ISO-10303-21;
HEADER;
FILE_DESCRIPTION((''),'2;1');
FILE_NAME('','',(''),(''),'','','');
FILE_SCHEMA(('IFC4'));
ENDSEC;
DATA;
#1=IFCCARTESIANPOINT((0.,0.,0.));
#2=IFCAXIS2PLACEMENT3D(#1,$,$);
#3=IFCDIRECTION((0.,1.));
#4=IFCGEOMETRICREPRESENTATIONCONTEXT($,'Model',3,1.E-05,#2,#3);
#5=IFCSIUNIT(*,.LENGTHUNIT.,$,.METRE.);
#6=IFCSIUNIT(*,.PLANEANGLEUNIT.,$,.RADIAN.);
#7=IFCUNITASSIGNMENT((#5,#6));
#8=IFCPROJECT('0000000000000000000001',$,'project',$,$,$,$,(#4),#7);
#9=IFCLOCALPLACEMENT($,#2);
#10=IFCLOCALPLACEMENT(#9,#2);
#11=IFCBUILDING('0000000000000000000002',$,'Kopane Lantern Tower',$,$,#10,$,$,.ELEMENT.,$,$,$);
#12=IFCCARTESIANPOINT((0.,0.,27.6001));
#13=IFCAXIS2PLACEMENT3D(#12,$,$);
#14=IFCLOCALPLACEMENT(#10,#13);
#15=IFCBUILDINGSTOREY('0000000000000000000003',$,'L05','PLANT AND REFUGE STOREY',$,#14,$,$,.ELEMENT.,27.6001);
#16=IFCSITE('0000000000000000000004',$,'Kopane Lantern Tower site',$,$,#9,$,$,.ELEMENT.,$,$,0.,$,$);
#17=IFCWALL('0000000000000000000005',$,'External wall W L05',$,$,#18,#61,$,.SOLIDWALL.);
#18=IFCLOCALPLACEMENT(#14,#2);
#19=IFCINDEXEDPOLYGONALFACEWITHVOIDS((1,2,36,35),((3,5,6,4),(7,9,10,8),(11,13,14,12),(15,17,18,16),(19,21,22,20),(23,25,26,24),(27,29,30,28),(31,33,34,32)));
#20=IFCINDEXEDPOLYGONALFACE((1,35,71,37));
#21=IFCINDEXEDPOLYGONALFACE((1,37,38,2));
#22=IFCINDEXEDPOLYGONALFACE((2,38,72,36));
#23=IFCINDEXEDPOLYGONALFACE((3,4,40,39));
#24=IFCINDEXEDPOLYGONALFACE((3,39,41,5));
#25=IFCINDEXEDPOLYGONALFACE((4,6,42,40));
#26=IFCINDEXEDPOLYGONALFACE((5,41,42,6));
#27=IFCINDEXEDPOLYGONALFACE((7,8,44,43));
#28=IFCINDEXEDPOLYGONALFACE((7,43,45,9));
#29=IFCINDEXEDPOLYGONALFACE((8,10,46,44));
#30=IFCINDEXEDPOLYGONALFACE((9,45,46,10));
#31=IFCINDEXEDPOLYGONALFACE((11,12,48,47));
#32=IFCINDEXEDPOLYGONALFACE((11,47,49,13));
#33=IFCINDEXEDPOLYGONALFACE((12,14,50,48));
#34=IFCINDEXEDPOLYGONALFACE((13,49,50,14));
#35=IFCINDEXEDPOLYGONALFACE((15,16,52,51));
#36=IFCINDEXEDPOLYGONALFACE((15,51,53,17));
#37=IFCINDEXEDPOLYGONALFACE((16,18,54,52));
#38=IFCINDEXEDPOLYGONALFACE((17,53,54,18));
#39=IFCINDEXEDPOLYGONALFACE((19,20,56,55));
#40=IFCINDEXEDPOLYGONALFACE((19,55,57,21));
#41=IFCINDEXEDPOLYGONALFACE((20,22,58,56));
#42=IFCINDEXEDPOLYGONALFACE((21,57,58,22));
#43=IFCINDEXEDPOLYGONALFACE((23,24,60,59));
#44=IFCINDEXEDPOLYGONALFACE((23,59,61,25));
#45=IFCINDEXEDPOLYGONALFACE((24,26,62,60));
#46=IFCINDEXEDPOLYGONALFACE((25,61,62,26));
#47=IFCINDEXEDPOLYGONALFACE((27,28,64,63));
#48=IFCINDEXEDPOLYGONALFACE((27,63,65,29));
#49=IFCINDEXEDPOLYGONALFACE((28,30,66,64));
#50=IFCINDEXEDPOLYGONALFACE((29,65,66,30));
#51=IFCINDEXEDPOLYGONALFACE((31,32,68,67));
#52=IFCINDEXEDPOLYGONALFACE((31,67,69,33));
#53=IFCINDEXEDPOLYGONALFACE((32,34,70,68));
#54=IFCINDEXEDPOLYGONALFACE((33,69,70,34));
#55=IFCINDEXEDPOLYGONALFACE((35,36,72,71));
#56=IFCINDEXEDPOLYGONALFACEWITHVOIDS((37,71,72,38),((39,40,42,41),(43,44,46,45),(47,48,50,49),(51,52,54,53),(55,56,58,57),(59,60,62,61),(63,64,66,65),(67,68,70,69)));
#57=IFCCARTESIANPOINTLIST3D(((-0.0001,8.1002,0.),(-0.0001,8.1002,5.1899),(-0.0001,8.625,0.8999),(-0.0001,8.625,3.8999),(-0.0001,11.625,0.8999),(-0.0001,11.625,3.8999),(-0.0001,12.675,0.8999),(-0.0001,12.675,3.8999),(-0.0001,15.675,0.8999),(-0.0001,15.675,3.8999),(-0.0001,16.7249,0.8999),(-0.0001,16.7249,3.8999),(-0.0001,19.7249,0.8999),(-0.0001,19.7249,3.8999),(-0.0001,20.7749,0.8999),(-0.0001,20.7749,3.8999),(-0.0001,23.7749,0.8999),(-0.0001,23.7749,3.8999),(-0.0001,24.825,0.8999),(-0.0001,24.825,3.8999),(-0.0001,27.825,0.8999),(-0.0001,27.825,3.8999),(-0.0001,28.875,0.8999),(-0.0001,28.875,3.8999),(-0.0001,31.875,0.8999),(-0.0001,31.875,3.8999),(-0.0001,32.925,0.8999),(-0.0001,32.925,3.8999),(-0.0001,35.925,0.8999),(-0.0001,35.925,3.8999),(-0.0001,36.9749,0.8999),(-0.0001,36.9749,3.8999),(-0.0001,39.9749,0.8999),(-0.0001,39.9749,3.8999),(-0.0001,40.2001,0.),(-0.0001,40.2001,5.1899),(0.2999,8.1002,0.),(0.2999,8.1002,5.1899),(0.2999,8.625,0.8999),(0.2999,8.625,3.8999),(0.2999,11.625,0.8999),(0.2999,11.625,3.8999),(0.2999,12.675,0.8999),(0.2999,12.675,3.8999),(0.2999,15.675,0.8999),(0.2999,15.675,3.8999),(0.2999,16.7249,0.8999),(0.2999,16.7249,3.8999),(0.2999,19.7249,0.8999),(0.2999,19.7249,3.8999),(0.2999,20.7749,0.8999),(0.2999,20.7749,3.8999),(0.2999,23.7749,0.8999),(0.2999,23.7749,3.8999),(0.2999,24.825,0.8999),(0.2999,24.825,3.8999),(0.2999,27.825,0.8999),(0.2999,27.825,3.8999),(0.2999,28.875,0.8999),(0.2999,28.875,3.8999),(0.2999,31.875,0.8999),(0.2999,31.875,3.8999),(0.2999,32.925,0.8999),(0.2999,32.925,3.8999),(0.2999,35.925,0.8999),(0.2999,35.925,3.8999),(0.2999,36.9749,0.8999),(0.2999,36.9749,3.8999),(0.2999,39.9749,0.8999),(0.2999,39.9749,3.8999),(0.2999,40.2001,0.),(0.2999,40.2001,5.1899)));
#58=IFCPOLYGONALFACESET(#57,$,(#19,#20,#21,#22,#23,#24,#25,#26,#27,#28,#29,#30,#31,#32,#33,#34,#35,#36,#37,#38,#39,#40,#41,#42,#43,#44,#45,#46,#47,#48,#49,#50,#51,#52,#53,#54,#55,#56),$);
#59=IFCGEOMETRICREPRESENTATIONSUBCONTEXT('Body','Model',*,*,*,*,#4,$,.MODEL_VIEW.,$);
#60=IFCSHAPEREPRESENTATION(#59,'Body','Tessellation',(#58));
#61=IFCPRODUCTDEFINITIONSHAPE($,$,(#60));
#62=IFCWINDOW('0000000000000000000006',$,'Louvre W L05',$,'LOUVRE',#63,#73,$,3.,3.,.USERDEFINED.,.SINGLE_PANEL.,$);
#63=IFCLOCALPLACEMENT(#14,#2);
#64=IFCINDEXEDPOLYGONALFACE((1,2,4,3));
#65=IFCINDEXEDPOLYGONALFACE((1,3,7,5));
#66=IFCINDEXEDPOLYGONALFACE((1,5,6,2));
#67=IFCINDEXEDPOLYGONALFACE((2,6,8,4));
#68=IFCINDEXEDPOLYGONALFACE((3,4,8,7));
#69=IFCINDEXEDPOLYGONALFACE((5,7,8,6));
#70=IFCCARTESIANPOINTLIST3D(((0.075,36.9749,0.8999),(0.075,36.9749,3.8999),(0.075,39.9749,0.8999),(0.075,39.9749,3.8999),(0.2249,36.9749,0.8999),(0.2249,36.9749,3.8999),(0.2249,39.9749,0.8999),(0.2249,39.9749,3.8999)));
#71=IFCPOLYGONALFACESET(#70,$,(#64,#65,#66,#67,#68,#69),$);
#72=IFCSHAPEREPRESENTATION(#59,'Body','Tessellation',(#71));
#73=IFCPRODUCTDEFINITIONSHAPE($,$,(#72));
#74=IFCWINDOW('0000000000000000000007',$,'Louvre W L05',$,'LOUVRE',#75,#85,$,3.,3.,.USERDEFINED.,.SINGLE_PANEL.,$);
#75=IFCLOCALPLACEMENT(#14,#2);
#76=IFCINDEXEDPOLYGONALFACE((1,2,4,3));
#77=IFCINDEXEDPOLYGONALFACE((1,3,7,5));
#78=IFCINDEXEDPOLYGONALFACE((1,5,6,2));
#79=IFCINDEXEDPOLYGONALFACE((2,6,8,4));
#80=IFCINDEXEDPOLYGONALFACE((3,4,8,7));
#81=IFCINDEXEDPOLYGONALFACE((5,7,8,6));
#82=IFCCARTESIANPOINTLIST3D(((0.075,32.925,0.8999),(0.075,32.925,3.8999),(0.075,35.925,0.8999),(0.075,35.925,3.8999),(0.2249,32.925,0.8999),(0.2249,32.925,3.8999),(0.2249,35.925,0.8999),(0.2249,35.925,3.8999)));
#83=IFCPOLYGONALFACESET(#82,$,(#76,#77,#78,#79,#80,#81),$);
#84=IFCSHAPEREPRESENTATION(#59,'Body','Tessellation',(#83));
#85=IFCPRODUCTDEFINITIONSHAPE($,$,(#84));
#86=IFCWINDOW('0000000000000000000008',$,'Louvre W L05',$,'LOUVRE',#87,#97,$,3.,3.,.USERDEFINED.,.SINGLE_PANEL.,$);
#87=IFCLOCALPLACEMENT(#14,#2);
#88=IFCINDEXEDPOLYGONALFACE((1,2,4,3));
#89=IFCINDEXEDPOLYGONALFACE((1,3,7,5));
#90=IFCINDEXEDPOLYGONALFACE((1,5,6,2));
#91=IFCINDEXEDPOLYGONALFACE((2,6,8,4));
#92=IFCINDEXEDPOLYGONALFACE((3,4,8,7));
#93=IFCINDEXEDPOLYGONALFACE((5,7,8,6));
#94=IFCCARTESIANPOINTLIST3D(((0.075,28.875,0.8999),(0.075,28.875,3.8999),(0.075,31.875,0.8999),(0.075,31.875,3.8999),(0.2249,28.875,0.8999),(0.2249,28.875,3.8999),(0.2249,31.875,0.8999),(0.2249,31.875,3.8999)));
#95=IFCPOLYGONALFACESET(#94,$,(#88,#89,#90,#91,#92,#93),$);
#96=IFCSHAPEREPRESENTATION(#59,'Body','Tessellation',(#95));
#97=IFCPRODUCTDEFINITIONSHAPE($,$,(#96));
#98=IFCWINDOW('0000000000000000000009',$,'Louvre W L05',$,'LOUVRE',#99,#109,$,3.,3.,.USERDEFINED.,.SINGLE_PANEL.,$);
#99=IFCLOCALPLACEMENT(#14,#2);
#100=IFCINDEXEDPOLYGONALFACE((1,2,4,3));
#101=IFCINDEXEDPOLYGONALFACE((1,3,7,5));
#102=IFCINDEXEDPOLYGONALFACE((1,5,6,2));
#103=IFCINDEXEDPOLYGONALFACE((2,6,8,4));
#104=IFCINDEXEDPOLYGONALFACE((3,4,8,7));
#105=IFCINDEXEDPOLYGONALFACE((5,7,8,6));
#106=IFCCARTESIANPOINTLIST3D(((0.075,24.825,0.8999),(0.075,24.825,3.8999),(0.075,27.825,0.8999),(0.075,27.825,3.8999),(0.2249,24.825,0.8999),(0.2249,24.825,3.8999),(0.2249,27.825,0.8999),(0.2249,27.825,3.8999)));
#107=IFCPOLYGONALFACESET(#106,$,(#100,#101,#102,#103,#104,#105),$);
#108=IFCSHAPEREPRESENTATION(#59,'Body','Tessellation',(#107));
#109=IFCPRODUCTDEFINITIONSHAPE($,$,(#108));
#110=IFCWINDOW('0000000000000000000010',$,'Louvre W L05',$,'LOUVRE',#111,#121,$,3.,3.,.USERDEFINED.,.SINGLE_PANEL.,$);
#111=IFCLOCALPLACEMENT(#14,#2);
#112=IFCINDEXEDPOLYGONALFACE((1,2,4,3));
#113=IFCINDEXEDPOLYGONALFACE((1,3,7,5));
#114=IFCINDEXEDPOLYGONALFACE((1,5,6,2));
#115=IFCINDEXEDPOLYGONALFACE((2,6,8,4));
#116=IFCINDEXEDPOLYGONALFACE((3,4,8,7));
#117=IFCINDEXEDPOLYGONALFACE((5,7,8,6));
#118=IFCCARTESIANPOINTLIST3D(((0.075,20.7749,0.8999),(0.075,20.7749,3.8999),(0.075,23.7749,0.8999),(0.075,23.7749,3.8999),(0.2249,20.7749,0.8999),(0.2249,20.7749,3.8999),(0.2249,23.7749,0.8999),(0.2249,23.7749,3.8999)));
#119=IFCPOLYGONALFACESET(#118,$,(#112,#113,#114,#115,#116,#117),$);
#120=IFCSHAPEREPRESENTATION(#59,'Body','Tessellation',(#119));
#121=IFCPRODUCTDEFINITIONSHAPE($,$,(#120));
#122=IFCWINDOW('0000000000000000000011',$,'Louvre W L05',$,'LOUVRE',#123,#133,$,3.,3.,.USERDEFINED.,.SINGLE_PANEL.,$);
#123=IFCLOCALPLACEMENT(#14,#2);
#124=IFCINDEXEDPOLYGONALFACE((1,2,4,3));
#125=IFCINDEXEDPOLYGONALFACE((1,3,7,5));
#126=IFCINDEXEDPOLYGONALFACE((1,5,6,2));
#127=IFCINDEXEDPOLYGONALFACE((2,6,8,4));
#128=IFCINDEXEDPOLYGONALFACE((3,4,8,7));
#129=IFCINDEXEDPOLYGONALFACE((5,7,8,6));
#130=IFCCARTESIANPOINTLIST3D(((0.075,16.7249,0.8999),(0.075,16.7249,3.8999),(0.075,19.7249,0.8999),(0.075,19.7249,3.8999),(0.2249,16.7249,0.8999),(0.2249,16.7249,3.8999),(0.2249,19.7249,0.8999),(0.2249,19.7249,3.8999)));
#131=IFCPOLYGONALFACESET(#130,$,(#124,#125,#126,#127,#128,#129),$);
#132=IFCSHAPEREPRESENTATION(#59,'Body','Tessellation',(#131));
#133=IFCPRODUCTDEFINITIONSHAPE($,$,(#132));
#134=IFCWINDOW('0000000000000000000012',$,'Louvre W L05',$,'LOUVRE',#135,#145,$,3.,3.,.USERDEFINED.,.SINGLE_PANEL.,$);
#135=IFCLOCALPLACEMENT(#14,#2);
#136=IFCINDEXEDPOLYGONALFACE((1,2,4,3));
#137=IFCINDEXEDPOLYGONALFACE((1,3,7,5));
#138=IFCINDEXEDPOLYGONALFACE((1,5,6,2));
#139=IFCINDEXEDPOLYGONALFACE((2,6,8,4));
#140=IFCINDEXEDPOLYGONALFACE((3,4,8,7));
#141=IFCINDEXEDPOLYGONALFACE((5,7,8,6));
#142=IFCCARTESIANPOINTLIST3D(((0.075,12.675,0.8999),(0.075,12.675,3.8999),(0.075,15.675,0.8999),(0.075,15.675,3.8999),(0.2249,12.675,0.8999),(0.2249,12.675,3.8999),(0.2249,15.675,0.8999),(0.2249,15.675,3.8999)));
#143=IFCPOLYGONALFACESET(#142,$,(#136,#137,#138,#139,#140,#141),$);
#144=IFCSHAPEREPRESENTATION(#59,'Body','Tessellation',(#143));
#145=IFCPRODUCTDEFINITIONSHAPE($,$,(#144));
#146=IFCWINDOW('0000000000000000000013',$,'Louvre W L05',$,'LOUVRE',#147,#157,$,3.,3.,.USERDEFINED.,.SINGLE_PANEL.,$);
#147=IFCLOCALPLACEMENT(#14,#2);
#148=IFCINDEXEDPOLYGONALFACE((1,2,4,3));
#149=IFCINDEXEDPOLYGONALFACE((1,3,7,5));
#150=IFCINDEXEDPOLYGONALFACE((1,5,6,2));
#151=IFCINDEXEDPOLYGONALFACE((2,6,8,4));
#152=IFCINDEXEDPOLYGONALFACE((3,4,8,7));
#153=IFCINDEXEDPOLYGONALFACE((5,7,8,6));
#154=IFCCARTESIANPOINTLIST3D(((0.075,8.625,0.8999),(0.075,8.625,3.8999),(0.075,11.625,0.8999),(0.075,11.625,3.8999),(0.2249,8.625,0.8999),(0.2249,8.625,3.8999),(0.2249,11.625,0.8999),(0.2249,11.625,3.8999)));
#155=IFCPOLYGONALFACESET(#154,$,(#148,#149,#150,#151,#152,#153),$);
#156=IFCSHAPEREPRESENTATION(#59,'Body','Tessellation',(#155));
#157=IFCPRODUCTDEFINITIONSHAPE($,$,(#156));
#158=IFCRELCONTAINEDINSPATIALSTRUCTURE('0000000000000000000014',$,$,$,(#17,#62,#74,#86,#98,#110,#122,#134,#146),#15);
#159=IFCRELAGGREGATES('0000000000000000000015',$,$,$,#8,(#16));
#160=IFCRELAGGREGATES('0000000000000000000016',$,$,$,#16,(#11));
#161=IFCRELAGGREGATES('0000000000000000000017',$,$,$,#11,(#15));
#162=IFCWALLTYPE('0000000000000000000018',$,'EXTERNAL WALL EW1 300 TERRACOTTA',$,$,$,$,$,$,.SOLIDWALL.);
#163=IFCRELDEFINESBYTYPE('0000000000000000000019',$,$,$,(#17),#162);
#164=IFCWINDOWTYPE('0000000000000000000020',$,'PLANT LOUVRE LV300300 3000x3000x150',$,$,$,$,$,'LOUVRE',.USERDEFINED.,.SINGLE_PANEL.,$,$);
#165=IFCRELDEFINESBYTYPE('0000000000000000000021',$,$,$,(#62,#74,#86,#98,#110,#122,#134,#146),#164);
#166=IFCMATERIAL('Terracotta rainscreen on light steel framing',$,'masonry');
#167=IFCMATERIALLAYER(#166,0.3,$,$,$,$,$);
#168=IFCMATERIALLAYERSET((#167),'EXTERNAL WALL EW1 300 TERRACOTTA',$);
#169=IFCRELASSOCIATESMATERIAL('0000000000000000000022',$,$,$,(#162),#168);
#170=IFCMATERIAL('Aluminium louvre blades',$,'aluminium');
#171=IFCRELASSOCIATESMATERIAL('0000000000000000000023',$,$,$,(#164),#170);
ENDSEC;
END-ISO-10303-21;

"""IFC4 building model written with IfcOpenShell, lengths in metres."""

from ifc_helpers import new_model, si_unit, direction, frame, frame_2d, origin, place, context, subcontext, project, spatial, rectangle, extrude, material, layer, layer_set, type_object, element, fill, save


model = new_model("IFC4")

# Units and contexts
model_context = context("Model", 3, precision=1e-05, world=origin(), true_north=direction((0.0, 1.0)))
body_context = subcontext(model_context, "Body", "Model", "MODEL_VIEW")
ifc_project = project(units=[si_unit("LENGTHUNIT", "METRE"), si_unit("PLANEANGLEUNIT", "RADIAN")], contexts=[model_context])

# Site, building, storey
site_placement = place(None, origin())
site = spatial("IfcSite", under=ifc_project, at=site_placement, Name="Kopane Lantern Tower site", CompositionType="ELEMENT", RefElevation=0.0)
building_placement = place(site_placement, origin())
building = spatial("IfcBuilding", under=site, at=building_placement, Name="Kopane Lantern Tower", CompositionType="ELEMENT")
storey_placement = place(building_placement, frame((0.0, 0.0, 27.6001)))
storey = spatial("IfcBuildingStorey", under=building, at=storey_placement, Name="L05", Description="PLANT AND REFUGE STOREY", CompositionType="ELEMENT", Elevation=27.6001)

# Wall, openings, windows
ifc_material_1 = material(Name="Terracotta rainscreen on light steel framing", Category="masonry")
ifc_layer_1 = layer(ifc_material_1, 0.3)
ifc_layer_set_1 = layer_set([ifc_layer_1], Name="EXTERNAL WALL EW1 300 TERRACOTTA")
wall_type_1 = type_object("IfcWallType", Name="EXTERNAL WALL EW1 300 TERRACOTTA", PredefinedType="SOLIDWALL", material=ifc_layer_set_1)
wall_1_placement = place(storey_placement, frame((0.1499, 40.2, 0.0), z_axis=(0.0, 0.0, 1.0), x_axis=(0.0, -1.0, 0.0)))
wall_1 = element("IfcWall", 1, at=wall_1_placement, inside=storey, type_object=wall_type_1, Name="External wall W L05", PredefinedType="SOLIDWALL", context=body_context, shape_type="SweptSolid", body=[
    extrude(rectangle(XDim=32.0999, YDim=0.3, at=frame_2d((16.0498, 0.0))), origin(), (0.0, 0.0, 1.0), 5.1899),
])
opening_1_placement = place(wall_1_placement, frame((0.2251, 0.0, 0.8999)))
opening_1 = element("IfcOpeningElement", 2, at=opening_1_placement, cuts=wall_1, PredefinedType="OPENING", context=body_context, shape_type="SweptSolid", body=[
    extrude(rectangle(XDim=3.0, YDim=3.0, at=frame_2d((1.5, 1.5))), frame((0.0, 0.1599, 0.0), z_axis=(0.0, -1.0, 0.0), x_axis=(1.0, 0.0, 0.0)), (0.0, 0.0, 1.0), 0.3201),
])
opening_2_placement = place(wall_1_placement, frame((4.2749, 0.0, 0.8999)))
opening_2 = element("IfcOpeningElement", 3, at=opening_2_placement, cuts=wall_1, PredefinedType="OPENING", context=body_context, shape_type="SweptSolid", body=[
    extrude(rectangle(XDim=3.0, YDim=3.0, at=frame_2d((1.5, 1.5))), frame((0.0, 0.1599, 0.0), z_axis=(0.0, -1.0, 0.0), x_axis=(1.0, 0.0, 0.0)), (0.0, 0.0, 1.0), 0.3201),
])
opening_3_placement = place(wall_1_placement, frame((8.325, 0.0, 0.8999)))
opening_3 = element("IfcOpeningElement", 4, at=opening_3_placement, cuts=wall_1, PredefinedType="OPENING", context=body_context, shape_type="SweptSolid", body=[
    extrude(rectangle(XDim=3.0, YDim=3.0, at=frame_2d((1.5, 1.5))), frame((0.0, 0.1599, 0.0), z_axis=(0.0, -1.0, 0.0), x_axis=(1.0, 0.0, 0.0)), (0.0, 0.0, 1.0), 0.3201),
])
opening_4_placement = place(wall_1_placement, frame((12.375, 0.0, 0.8999)))
opening_4 = element("IfcOpeningElement", 5, at=opening_4_placement, cuts=wall_1, PredefinedType="OPENING", context=body_context, shape_type="SweptSolid", body=[
    extrude(rectangle(XDim=3.0, YDim=3.0, at=frame_2d((1.5, 1.5))), frame((0.0, 0.1599, 0.0), z_axis=(0.0, -1.0, 0.0), x_axis=(1.0, 0.0, 0.0)), (0.0, 0.0, 1.0), 0.3201),
])
opening_5_placement = place(wall_1_placement, frame((16.425, 0.0, 0.8999)))
opening_5 = element("IfcOpeningElement", 6, at=opening_5_placement, cuts=wall_1, PredefinedType="OPENING", context=body_context, shape_type="SweptSolid", body=[
    extrude(rectangle(XDim=3.0, YDim=3.0, at=frame_2d((1.5, 1.5))), frame((0.0, 0.1599, 0.0), z_axis=(0.0, -1.0, 0.0), x_axis=(1.0, 0.0, 0.0)), (0.0, 0.0, 1.0), 0.3201),
])
opening_6_placement = place(wall_1_placement, frame((20.4751, 0.0, 0.8999)))
opening_6 = element("IfcOpeningElement", 7, at=opening_6_placement, cuts=wall_1, PredefinedType="OPENING", context=body_context, shape_type="SweptSolid", body=[
    extrude(rectangle(XDim=3.0, YDim=3.0, at=frame_2d((1.5, 1.5))), frame((0.0, 0.1599, 0.0), z_axis=(0.0, -1.0, 0.0), x_axis=(1.0, 0.0, 0.0)), (0.0, 0.0, 1.0), 0.3201),
])
opening_7_placement = place(wall_1_placement, frame((24.5249, 0.0, 0.8999)))
opening_7 = element("IfcOpeningElement", 8, at=opening_7_placement, cuts=wall_1, PredefinedType="OPENING", context=body_context, shape_type="SweptSolid", body=[
    extrude(rectangle(XDim=3.0, YDim=3.0, at=frame_2d((1.5, 1.5))), frame((0.0, 0.1599, 0.0), z_axis=(0.0, -1.0, 0.0), x_axis=(1.0, 0.0, 0.0)), (0.0, 0.0, 1.0), 0.3201),
])
opening_8_placement = place(wall_1_placement, frame((28.575, 0.0, 0.8999)))
opening_8 = element("IfcOpeningElement", 9, at=opening_8_placement, cuts=wall_1, PredefinedType="OPENING", context=body_context, shape_type="SweptSolid", body=[
    extrude(rectangle(XDim=3.0, YDim=3.0, at=frame_2d((1.5, 1.5))), frame((0.0, 0.1599, 0.0), z_axis=(0.0, -1.0, 0.0), x_axis=(1.0, 0.0, 0.0)), (0.0, 0.0, 1.0), 0.3201),
])
ifc_material_2 = material(Name="Aluminium louvre blades", Category="aluminium")
window_type = type_object("IfcWindowType", Name="PLANT LOUVRE LV300300 3000x3000x150", ElementType="LOUVRE", PartitioningType="SINGLE_PANEL", PredefinedType="USERDEFINED", material=ifc_material_2)
window_1_placement = place(opening_1_placement, origin())
window_1 = element("IfcWindow", 10, at=window_1_placement, inside=storey, type_object=window_type, Name="Louvre W L05", ObjectType="LOUVRE", OverallHeight=3.0, OverallWidth=3.0, PartitioningType="SINGLE_PANEL", PredefinedType="USERDEFINED", context=body_context, shape_type="SweptSolid", body=[
    extrude(rectangle(XDim=3.0, YDim=3.0, at=frame_2d((1.5, 1.5))), frame((0.0, 0.075, 0.0), z_axis=(0.0, -1.0, 0.0), x_axis=(1.0, 0.0, 0.0)), (0.0, 0.0, 1.0), 0.1499),
])
fill(opening_1, window_1)
window_2_placement = place(opening_2_placement, origin())
window_2 = element("IfcWindow", 11, at=window_2_placement, inside=storey, type_object=window_type, Name="Louvre W L05", ObjectType="LOUVRE", OverallHeight=3.0, OverallWidth=3.0, PartitioningType="SINGLE_PANEL", PredefinedType="USERDEFINED", context=body_context, shape_type="SweptSolid", body=[
    extrude(rectangle(XDim=3.0, YDim=3.0, at=frame_2d((1.5, 1.5))), frame((0.0, 0.075, 0.0), z_axis=(0.0, -1.0, 0.0), x_axis=(1.0, 0.0, 0.0)), (0.0, 0.0, 1.0), 0.1499),
])
fill(opening_2, window_2)
window_3_placement = place(opening_3_placement, origin())
window_3 = element("IfcWindow", 12, at=window_3_placement, inside=storey, type_object=window_type, Name="Louvre W L05", ObjectType="LOUVRE", OverallHeight=3.0, OverallWidth=3.0, PartitioningType="SINGLE_PANEL", PredefinedType="USERDEFINED", context=body_context, shape_type="SweptSolid", body=[
    extrude(rectangle(XDim=3.0, YDim=3.0, at=frame_2d((1.5, 1.5))), frame((0.0, 0.075, 0.0), z_axis=(0.0, -1.0, 0.0), x_axis=(1.0, 0.0, 0.0)), (0.0, 0.0, 1.0), 0.1499),
])
fill(opening_3, window_3)
window_4_placement = place(opening_4_placement, origin())
window_4 = element("IfcWindow", 13, at=window_4_placement, inside=storey, type_object=window_type, Name="Louvre W L05", ObjectType="LOUVRE", OverallHeight=3.0, OverallWidth=3.0, PartitioningType="SINGLE_PANEL", PredefinedType="USERDEFINED", context=body_context, shape_type="SweptSolid", body=[
    extrude(rectangle(XDim=3.0, YDim=3.0, at=frame_2d((1.5, 1.5))), frame((0.0, 0.075, 0.0), z_axis=(0.0, -1.0, 0.0), x_axis=(1.0, 0.0, 0.0)), (0.0, 0.0, 1.0), 0.1499),
])
fill(opening_4, window_4)
window_5_placement = place(opening_5_placement, origin())
window_5 = element("IfcWindow", 14, at=window_5_placement, inside=storey, type_object=window_type, Name="Louvre W L05", ObjectType="LOUVRE", OverallHeight=3.0, OverallWidth=3.0, PartitioningType="SINGLE_PANEL", PredefinedType="USERDEFINED", context=body_context, shape_type="SweptSolid", body=[
    extrude(rectangle(XDim=3.0, YDim=3.0, at=frame_2d((1.5, 1.5))), frame((0.0, 0.075, 0.0), z_axis=(0.0, -1.0, 0.0), x_axis=(1.0, 0.0, 0.0)), (0.0, 0.0, 1.0), 0.1499),
])
fill(opening_5, window_5)
window_6_placement = place(opening_6_placement, origin())
window_6 = element("IfcWindow", 15, at=window_6_placement, inside=storey, type_object=window_type, Name="Louvre W L05", ObjectType="LOUVRE", OverallHeight=3.0, OverallWidth=3.0, PartitioningType="SINGLE_PANEL", PredefinedType="USERDEFINED", context=body_context, shape_type="SweptSolid", body=[
    extrude(rectangle(XDim=3.0, YDim=3.0, at=frame_2d((1.5, 1.5))), frame((0.0, 0.075, 0.0), z_axis=(0.0, -1.0, 0.0), x_axis=(1.0, 0.0, 0.0)), (0.0, 0.0, 1.0), 0.1499),
])
fill(opening_6, window_6)
window_7_placement = place(opening_7_placement, origin())
window_7 = element("IfcWindow", 16, at=window_7_placement, inside=storey, type_object=window_type, Name="Louvre W L05", ObjectType="LOUVRE", OverallHeight=3.0, OverallWidth=3.0, PartitioningType="SINGLE_PANEL", PredefinedType="USERDEFINED", context=body_context, shape_type="SweptSolid", body=[
    extrude(rectangle(XDim=3.0, YDim=3.0, at=frame_2d((1.5, 1.5))), frame((0.0, 0.075, 0.0), z_axis=(0.0, -1.0, 0.0), x_axis=(1.0, 0.0, 0.0)), (0.0, 0.0, 1.0), 0.1499),
])
fill(opening_7, window_7)
window_8_placement = place(opening_8_placement, origin())
window_8 = element("IfcWindow", 17, at=window_8_placement, inside=storey, type_object=window_type, Name="Louvre W L05", ObjectType="LOUVRE", OverallHeight=3.0, OverallWidth=3.0, PartitioningType="SINGLE_PANEL", PredefinedType="USERDEFINED", context=body_context, shape_type="SweptSolid", body=[
    extrude(rectangle(XDim=3.0, YDim=3.0, at=frame_2d((1.5, 1.5))), frame((0.0, 0.075, 0.0), z_axis=(0.0, -1.0, 0.0), x_axis=(1.0, 0.0, 0.0)), (0.0, 0.0, 1.0), 0.1499),
])
fill(opening_8, window_8)

save(model, "model.ifc")
